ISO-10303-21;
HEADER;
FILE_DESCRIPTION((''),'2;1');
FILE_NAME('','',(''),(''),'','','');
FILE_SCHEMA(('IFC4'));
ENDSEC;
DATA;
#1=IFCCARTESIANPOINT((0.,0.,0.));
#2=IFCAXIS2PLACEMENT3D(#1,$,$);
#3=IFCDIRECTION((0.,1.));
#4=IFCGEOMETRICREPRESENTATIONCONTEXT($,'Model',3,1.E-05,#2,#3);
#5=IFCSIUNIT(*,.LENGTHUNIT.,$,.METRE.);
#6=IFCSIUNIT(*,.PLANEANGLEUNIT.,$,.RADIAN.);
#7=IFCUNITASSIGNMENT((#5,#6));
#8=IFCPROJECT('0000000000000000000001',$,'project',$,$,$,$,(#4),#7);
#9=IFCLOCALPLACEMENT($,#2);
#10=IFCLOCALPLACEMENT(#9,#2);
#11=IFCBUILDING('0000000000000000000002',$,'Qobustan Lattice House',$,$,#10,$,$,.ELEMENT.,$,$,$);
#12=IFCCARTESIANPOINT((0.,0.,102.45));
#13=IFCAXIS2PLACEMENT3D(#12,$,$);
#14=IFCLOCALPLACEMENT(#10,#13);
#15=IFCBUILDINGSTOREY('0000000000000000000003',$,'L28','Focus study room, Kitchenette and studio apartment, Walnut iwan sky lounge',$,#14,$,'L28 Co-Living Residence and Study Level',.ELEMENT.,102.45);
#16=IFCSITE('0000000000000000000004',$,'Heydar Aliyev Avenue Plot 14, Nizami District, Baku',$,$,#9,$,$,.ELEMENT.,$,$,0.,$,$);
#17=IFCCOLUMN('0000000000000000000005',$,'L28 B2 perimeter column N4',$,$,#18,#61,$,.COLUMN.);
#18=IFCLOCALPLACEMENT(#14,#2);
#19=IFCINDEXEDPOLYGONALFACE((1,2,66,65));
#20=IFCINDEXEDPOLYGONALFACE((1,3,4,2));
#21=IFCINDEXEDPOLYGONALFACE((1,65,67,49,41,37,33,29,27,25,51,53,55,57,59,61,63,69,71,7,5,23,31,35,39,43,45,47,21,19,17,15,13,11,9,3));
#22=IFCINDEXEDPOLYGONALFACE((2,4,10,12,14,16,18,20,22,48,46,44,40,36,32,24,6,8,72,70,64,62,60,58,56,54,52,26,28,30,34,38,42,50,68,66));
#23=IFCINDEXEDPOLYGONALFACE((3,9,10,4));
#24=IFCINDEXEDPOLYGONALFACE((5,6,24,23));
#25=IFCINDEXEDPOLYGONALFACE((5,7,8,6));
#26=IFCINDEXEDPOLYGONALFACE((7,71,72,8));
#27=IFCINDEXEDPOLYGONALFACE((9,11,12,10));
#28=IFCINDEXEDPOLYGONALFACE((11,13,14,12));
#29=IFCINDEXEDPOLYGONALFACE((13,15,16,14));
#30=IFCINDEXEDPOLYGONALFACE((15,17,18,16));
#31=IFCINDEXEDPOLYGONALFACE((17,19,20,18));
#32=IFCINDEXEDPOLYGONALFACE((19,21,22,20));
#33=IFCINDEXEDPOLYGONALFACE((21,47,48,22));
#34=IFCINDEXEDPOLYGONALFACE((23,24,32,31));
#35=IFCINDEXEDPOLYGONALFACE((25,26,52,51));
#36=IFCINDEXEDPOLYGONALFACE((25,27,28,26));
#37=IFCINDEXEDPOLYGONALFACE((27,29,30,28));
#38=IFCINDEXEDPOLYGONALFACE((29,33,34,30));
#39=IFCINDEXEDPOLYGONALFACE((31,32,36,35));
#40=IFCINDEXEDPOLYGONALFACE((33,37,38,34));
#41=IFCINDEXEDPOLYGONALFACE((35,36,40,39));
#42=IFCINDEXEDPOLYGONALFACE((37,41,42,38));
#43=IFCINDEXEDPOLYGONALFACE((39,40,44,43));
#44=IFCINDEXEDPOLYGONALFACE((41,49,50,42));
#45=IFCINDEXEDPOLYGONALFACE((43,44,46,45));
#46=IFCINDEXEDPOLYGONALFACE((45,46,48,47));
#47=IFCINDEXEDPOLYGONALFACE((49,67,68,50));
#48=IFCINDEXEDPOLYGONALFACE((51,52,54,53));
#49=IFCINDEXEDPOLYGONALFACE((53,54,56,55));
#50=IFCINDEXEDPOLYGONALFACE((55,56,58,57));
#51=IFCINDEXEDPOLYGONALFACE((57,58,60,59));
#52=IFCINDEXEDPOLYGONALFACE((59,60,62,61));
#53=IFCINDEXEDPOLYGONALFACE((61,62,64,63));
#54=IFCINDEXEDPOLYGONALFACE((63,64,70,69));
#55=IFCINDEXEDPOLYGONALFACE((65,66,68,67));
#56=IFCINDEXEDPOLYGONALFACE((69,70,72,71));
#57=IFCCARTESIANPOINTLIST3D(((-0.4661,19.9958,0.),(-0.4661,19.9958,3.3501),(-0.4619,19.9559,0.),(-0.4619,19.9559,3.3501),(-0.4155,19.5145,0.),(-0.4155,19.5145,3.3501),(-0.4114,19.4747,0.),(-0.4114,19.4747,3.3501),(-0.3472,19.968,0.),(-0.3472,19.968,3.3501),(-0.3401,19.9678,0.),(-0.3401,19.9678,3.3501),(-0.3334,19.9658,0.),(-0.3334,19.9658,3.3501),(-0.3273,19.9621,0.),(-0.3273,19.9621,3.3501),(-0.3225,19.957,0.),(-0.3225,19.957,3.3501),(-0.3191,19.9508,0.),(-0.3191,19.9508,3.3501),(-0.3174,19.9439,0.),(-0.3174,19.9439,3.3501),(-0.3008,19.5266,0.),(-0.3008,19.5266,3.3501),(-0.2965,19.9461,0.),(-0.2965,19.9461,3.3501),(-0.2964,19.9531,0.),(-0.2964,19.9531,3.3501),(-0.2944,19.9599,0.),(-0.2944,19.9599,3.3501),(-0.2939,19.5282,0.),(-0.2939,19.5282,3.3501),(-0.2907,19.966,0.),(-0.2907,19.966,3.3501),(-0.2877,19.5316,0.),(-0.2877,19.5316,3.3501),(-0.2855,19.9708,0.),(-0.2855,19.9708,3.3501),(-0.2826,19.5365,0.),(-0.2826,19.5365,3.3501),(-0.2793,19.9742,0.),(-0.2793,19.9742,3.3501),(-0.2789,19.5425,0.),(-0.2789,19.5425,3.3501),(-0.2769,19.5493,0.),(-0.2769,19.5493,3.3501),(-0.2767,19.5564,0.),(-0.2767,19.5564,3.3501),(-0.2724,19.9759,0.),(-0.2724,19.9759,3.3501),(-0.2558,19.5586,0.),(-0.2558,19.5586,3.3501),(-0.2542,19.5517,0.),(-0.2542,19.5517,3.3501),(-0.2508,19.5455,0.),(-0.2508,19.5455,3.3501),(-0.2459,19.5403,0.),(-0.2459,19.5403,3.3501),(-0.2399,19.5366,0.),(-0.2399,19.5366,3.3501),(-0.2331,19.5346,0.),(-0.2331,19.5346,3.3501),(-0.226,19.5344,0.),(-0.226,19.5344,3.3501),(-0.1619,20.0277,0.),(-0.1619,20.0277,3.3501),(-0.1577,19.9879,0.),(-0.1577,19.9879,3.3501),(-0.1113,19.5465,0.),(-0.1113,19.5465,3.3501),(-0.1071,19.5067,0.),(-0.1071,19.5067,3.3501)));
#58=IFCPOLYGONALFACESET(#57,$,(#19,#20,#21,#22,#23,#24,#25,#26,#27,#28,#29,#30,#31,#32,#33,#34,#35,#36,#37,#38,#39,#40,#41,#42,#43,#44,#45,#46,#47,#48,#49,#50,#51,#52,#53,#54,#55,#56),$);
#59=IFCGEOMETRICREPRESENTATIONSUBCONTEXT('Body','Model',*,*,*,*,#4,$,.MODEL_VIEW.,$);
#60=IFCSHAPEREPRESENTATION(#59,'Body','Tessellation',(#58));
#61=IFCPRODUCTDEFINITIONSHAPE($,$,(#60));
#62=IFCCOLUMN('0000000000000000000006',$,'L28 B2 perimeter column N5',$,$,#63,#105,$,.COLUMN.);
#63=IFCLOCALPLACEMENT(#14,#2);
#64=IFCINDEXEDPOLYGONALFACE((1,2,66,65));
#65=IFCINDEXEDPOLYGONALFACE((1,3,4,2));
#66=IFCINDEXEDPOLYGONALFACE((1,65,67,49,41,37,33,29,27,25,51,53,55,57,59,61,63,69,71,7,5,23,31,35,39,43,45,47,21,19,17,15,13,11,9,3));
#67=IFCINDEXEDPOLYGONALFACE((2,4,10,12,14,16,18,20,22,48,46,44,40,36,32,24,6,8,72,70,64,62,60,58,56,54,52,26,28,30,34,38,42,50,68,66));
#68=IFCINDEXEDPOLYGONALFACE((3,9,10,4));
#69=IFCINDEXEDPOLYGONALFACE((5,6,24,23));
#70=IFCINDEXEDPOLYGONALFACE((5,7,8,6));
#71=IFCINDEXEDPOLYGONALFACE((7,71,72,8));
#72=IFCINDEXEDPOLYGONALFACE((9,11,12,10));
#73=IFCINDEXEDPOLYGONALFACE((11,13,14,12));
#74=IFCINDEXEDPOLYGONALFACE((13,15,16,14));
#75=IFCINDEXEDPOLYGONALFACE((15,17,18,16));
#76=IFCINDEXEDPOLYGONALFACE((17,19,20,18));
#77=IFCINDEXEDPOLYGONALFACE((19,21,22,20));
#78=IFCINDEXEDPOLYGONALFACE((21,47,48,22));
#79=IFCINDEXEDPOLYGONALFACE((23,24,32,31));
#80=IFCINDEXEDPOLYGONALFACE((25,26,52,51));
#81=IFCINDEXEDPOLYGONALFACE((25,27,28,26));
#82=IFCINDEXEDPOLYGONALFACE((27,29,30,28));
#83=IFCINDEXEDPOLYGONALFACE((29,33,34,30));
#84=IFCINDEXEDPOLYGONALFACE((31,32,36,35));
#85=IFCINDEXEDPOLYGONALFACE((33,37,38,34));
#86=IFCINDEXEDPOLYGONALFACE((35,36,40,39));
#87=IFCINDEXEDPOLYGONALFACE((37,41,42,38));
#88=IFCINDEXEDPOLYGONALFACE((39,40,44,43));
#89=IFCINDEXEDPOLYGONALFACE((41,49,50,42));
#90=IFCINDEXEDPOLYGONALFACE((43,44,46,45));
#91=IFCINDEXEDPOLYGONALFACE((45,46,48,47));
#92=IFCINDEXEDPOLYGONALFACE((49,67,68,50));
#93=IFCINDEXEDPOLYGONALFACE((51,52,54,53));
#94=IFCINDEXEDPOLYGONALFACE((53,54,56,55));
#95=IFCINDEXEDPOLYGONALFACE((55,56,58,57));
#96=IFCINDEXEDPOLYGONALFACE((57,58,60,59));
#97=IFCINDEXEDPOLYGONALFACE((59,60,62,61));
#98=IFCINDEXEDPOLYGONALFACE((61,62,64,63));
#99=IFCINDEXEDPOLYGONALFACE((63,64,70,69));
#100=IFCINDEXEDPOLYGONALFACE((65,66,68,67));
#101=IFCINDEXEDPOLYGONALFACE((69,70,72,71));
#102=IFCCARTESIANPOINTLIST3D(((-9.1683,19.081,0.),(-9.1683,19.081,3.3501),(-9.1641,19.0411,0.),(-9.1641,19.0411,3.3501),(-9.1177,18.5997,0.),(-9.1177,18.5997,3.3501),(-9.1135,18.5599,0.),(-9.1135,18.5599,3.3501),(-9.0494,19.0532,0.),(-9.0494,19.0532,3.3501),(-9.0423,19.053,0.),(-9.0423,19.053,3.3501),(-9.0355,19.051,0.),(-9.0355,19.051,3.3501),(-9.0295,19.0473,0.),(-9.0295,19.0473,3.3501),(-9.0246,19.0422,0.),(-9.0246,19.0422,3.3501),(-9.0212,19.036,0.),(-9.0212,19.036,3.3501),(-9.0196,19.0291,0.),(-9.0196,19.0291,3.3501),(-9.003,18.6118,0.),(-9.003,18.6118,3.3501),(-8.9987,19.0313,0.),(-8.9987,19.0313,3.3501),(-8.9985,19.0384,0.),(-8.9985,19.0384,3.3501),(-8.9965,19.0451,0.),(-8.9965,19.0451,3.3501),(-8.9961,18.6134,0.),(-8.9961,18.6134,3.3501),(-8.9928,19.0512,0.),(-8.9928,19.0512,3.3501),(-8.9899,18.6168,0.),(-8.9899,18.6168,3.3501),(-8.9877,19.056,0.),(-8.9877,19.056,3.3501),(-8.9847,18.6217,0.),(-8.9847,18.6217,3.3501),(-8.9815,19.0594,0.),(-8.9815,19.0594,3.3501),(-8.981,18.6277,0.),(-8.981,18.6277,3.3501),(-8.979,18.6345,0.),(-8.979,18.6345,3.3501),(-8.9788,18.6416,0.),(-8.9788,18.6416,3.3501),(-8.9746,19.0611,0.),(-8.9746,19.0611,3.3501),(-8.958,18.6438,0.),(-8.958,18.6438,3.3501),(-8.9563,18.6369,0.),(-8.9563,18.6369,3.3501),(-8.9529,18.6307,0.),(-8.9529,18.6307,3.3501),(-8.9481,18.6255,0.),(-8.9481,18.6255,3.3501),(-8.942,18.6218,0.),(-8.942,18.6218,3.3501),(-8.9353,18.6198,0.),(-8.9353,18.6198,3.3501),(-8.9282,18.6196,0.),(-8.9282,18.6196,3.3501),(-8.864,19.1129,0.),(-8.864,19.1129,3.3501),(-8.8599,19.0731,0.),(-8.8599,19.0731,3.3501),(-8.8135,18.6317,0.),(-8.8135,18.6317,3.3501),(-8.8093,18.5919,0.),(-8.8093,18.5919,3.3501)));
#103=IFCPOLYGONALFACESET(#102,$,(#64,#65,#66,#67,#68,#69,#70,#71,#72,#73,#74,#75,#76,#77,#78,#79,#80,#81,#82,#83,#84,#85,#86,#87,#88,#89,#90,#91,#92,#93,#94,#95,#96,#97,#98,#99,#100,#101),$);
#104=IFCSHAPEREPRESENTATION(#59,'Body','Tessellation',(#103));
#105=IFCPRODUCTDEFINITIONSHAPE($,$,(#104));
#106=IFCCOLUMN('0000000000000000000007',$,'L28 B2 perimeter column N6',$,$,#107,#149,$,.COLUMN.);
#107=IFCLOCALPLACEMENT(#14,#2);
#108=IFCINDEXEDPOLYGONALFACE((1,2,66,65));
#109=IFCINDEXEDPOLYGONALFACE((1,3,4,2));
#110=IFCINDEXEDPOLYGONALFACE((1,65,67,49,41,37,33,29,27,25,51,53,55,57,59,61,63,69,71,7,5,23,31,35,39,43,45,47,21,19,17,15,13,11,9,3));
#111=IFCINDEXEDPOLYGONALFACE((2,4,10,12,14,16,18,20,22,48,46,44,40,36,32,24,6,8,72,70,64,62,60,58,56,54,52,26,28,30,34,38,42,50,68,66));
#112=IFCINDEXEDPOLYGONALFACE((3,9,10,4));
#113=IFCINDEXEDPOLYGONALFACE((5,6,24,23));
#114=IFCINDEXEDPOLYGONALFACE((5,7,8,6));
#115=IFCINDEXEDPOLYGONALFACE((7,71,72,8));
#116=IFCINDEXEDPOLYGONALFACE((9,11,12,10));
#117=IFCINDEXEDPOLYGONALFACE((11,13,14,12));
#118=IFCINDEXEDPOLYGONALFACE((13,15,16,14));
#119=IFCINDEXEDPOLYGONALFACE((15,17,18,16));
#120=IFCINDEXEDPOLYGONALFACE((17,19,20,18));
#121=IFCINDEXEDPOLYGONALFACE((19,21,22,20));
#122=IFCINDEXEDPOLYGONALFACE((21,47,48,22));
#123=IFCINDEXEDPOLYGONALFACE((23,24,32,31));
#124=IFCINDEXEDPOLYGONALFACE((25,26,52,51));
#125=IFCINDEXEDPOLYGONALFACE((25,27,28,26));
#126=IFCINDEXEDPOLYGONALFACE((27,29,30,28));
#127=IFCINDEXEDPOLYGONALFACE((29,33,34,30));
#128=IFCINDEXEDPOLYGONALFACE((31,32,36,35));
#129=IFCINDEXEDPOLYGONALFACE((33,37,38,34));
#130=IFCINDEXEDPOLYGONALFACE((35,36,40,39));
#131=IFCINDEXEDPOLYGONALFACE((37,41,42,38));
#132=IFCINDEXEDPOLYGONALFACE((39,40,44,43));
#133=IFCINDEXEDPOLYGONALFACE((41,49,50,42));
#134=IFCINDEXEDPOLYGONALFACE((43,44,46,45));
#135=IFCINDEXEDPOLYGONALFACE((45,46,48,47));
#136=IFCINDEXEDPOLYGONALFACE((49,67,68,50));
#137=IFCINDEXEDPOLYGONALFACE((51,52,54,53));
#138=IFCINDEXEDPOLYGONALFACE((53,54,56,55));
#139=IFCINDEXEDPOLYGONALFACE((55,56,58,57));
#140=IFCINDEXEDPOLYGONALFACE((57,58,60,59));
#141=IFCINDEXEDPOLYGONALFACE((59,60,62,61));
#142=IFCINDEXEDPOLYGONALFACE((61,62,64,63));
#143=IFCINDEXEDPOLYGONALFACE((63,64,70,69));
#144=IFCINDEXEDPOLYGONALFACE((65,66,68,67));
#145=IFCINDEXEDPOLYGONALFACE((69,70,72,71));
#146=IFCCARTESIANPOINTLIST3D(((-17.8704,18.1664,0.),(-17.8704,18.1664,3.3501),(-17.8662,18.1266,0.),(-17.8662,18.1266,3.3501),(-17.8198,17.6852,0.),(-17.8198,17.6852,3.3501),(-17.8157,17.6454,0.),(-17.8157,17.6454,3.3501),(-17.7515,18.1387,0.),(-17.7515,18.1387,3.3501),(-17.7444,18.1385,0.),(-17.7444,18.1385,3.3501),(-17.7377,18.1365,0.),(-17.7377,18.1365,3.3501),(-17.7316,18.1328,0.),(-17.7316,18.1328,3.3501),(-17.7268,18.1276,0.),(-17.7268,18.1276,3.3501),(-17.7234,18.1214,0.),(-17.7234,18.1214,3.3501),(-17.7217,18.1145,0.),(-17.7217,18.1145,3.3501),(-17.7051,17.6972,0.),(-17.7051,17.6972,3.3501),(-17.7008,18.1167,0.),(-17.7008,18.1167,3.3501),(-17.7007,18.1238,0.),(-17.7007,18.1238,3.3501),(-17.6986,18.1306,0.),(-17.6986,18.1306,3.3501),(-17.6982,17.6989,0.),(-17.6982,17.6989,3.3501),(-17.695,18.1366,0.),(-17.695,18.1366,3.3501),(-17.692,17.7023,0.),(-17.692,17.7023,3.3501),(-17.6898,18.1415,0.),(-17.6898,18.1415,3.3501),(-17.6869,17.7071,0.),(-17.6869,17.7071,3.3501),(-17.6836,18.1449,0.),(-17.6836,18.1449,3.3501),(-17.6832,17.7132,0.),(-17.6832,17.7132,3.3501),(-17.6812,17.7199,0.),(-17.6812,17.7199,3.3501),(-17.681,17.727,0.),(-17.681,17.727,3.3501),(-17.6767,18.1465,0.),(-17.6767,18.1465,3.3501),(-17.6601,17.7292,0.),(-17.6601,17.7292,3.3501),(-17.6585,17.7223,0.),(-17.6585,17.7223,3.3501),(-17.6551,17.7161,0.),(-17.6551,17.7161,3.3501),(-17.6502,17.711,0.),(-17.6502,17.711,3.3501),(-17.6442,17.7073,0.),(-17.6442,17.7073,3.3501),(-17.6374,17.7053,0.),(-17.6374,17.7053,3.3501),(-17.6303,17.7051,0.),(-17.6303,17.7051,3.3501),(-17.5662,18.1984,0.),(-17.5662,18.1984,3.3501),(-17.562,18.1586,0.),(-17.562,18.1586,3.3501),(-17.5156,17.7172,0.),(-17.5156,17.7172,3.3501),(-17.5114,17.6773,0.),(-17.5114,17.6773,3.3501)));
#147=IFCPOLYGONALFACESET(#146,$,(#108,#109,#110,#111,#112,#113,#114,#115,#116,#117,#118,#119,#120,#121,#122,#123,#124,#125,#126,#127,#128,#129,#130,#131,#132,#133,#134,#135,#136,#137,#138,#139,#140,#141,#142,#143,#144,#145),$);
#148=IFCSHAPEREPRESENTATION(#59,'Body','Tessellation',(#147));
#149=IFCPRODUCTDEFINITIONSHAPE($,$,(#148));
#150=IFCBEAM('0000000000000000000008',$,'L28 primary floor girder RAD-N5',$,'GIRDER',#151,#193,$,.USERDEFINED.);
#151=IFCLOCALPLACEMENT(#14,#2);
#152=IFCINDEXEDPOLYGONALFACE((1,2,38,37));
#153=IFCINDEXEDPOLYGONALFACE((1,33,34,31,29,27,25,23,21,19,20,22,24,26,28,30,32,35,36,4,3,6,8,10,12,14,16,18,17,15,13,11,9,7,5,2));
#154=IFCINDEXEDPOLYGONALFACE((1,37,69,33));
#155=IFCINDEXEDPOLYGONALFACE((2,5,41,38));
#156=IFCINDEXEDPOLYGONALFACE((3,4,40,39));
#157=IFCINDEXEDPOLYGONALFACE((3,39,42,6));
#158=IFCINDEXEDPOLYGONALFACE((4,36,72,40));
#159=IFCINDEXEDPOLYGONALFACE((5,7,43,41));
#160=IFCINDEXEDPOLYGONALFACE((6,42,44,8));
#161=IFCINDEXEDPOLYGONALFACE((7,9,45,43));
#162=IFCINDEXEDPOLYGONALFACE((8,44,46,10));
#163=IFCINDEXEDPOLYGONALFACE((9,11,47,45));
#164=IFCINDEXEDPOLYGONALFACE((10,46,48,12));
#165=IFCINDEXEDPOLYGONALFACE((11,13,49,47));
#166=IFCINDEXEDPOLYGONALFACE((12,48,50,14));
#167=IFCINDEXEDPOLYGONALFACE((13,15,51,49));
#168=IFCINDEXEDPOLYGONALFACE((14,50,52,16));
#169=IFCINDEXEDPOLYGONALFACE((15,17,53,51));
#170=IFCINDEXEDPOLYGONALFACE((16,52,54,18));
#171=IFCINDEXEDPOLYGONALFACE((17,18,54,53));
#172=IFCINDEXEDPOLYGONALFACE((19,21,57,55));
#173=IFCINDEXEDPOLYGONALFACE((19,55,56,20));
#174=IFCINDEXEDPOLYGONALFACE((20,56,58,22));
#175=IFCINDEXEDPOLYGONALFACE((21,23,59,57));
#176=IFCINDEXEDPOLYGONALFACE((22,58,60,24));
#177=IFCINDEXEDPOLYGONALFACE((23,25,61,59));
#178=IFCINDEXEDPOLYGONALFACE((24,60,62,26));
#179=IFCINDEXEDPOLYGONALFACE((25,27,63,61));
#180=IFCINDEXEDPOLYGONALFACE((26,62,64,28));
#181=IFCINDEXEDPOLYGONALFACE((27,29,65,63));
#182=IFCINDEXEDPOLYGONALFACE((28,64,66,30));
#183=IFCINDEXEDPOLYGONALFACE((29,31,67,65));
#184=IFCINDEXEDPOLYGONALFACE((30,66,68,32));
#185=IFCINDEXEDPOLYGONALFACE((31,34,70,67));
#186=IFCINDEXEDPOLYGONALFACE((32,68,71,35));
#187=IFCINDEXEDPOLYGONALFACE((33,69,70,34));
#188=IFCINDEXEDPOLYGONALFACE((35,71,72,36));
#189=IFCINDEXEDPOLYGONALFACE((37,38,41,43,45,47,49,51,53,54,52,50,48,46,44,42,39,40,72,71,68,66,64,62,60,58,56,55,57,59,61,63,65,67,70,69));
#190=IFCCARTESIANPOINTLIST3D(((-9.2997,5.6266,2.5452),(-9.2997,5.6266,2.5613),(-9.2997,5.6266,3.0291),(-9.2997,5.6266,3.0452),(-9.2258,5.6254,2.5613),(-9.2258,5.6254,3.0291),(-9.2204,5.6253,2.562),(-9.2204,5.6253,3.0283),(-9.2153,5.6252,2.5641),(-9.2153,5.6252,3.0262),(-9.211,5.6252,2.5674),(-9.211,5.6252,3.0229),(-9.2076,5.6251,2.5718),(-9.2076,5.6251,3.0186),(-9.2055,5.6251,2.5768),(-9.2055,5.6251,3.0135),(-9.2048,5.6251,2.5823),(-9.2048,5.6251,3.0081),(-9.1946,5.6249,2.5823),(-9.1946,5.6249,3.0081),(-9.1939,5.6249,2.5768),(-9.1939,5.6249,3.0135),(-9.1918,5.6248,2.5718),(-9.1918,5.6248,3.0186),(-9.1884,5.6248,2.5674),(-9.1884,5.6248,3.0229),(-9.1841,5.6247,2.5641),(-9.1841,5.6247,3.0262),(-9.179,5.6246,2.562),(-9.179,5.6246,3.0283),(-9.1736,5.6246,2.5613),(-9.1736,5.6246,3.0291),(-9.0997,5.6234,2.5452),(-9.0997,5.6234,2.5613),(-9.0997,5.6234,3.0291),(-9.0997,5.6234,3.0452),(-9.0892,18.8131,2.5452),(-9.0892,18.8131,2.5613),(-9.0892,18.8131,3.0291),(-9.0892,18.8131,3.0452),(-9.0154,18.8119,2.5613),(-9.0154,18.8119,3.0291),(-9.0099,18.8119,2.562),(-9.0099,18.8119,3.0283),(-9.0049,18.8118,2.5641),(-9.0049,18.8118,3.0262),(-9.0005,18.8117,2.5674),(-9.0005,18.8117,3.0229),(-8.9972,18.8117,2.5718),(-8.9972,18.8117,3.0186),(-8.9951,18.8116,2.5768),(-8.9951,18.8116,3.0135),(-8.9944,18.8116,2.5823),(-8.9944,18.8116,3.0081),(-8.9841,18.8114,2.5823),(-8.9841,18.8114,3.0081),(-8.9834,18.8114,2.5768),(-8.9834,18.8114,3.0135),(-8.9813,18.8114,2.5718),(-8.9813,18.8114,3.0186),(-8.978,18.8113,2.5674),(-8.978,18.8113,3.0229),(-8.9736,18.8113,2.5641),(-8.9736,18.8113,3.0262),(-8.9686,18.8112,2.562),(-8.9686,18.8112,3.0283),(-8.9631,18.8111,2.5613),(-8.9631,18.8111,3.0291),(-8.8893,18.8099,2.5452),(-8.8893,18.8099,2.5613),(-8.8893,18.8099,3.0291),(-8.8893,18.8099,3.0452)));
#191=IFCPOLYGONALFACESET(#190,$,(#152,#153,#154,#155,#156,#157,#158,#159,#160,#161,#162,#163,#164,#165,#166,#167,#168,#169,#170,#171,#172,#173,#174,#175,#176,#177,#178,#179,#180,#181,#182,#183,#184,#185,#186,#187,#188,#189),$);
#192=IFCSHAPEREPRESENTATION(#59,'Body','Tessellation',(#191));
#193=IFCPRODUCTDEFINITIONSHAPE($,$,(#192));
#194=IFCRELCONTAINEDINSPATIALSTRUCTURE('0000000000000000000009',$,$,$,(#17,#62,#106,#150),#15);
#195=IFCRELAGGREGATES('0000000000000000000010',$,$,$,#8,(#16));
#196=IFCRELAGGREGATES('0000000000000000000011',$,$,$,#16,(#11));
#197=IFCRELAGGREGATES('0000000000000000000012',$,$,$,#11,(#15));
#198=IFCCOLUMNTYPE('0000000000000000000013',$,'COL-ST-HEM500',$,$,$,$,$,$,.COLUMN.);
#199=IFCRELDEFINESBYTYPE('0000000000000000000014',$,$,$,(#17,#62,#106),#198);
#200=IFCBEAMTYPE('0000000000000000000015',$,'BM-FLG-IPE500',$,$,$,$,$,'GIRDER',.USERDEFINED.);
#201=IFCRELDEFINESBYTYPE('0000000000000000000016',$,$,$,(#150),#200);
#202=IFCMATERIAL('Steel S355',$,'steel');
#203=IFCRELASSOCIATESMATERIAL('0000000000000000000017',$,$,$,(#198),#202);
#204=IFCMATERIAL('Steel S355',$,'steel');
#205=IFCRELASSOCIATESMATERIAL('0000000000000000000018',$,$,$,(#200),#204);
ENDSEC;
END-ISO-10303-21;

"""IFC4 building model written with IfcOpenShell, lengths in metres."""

from ifc_helpers import new_model, si_unit, direction, frame, origin, origin_2d, place, context, subcontext, project, spatial, i_section, extrude, material, material_profile, profile_set, type_object, element, save


model = new_model("IFC4")

# Units and contexts
model_context = context("Model", 3, precision=1e-05, world=origin(), true_north=direction((0.0, 1.0)))
body_context = subcontext(model_context, "Body", "Model", "MODEL_VIEW")
ifc_project = project(units=[si_unit("LENGTHUNIT", "METRE"), si_unit("PLANEANGLEUNIT", "RADIAN")], contexts=[model_context])

# Site, building, storey
site_placement = place(None, origin())
site = spatial("IfcSite", under=ifc_project, at=site_placement, Name="Heydar Aliyev Avenue Plot 14, Nizami District, Baku", CompositionType="ELEMENT", RefElevation=0.0)
building_placement = place(site_placement, origin())
building = spatial("IfcBuilding", under=site, at=building_placement, Name="Qobustan Lattice House", CompositionType="ELEMENT")
storey_placement = place(building_placement, frame((0.0, 0.0, 102.45)))
storey = spatial("IfcBuildingStorey", under=building, at=storey_placement, Name="L28", Description="Focus study room, Kitchenette and studio apartment, Walnut iwan sky lounge", LongName="L28 Co-Living Residence and Study Level", CompositionType="ELEMENT", Elevation=102.45)

# Columns
ifc_material_1 = material(Name="Steel S355", Category="steel")
ifc_material_profile_1 = material_profile(ifc_material_1, i_section(OverallWidth=0.3059, OverallDepth=0.5239, WebThickness=0.021, FlangeThickness=0.04, FilletRadius=0.0271, at=origin_2d()), Name="HEM500")
ifc_profile_set_1 = profile_set([ifc_material_profile_1], Name="Steel S355")
column_type = type_object("IfcColumnType", Name="COL-ST-HEM500", PredefinedType="COLUMN", material=ifc_profile_set_1)
for number, where, z_axis, x_axis, name in (
    (1, (-0.2866, 19.7512, 0.0), (0.0, 0.0, 1.0), (0.994522, 0.104528, 0.0), "L28 B2 perimeter column N4"),
    (2, (-8.9888, 18.8364, 0.0), (0.0, 0.0, 1.0), (0.994522, 0.104528, 0.0), "L28 B2 perimeter column N5"),
    (3, (-17.6909, 17.9219, 0.0), (0.0, 0.0, 1.0), (0.994522, 0.104528, 0.0), "L28 B2 perimeter column N6"),
):
    element("IfcColumn", number, at=place(storey_placement, frame(where, z_axis=z_axis, x_axis=x_axis)), inside=storey, type_object=column_type, Name=name, PredefinedType="COLUMN", context=body_context, shape_type="SweptSolid", body=[
        extrude(i_section(OverallWidth=0.3059, OverallDepth=0.5239, WebThickness=0.021, FlangeThickness=0.04, FilletRadius=0.0271, at=origin_2d()), origin(), (0.0, 0.0, 1.0), 3.3501),
    ])

# Beam
ifc_material_2 = material(Name="Steel S355", Category="steel")
ifc_material_profile_2 = material_profile(ifc_material_2, i_section(OverallWidth=0.2, OverallDepth=0.5, WebThickness=0.0103, FlangeThickness=0.0161, FilletRadius=0.021, at=origin_2d()), Name="IPE500")
ifc_profile_set_2 = profile_set([ifc_material_profile_2], Name="Steel S355")
beam_type_1 = type_object("IfcBeamType", Name="BM-FLG-IPE500", ElementType="GIRDER", PredefinedType="USERDEFINED", material=ifc_profile_set_2)
beam_1_placement = place(storey_placement, frame((-8.9893, 18.8115, 2.7952), z_axis=(-0.015957, -0.999873, 0.0), x_axis=(0.999873, -0.015957, 0.0)))
element("IfcBeam", 4, at=beam_1_placement, inside=storey, type_object=beam_type_1, Name="L28 primary floor girder RAD-N5", ObjectType="GIRDER", PredefinedType="USERDEFINED", context=body_context, shape_type="SweptSolid", body=[
    extrude(i_section(OverallWidth=0.2, OverallDepth=0.5, WebThickness=0.0103, FlangeThickness=0.0161, FilletRadius=0.021, at=origin_2d()), origin(), (0.0, 0.0, 1.0), 13.1882),
])

save(model, "model.ifc")
